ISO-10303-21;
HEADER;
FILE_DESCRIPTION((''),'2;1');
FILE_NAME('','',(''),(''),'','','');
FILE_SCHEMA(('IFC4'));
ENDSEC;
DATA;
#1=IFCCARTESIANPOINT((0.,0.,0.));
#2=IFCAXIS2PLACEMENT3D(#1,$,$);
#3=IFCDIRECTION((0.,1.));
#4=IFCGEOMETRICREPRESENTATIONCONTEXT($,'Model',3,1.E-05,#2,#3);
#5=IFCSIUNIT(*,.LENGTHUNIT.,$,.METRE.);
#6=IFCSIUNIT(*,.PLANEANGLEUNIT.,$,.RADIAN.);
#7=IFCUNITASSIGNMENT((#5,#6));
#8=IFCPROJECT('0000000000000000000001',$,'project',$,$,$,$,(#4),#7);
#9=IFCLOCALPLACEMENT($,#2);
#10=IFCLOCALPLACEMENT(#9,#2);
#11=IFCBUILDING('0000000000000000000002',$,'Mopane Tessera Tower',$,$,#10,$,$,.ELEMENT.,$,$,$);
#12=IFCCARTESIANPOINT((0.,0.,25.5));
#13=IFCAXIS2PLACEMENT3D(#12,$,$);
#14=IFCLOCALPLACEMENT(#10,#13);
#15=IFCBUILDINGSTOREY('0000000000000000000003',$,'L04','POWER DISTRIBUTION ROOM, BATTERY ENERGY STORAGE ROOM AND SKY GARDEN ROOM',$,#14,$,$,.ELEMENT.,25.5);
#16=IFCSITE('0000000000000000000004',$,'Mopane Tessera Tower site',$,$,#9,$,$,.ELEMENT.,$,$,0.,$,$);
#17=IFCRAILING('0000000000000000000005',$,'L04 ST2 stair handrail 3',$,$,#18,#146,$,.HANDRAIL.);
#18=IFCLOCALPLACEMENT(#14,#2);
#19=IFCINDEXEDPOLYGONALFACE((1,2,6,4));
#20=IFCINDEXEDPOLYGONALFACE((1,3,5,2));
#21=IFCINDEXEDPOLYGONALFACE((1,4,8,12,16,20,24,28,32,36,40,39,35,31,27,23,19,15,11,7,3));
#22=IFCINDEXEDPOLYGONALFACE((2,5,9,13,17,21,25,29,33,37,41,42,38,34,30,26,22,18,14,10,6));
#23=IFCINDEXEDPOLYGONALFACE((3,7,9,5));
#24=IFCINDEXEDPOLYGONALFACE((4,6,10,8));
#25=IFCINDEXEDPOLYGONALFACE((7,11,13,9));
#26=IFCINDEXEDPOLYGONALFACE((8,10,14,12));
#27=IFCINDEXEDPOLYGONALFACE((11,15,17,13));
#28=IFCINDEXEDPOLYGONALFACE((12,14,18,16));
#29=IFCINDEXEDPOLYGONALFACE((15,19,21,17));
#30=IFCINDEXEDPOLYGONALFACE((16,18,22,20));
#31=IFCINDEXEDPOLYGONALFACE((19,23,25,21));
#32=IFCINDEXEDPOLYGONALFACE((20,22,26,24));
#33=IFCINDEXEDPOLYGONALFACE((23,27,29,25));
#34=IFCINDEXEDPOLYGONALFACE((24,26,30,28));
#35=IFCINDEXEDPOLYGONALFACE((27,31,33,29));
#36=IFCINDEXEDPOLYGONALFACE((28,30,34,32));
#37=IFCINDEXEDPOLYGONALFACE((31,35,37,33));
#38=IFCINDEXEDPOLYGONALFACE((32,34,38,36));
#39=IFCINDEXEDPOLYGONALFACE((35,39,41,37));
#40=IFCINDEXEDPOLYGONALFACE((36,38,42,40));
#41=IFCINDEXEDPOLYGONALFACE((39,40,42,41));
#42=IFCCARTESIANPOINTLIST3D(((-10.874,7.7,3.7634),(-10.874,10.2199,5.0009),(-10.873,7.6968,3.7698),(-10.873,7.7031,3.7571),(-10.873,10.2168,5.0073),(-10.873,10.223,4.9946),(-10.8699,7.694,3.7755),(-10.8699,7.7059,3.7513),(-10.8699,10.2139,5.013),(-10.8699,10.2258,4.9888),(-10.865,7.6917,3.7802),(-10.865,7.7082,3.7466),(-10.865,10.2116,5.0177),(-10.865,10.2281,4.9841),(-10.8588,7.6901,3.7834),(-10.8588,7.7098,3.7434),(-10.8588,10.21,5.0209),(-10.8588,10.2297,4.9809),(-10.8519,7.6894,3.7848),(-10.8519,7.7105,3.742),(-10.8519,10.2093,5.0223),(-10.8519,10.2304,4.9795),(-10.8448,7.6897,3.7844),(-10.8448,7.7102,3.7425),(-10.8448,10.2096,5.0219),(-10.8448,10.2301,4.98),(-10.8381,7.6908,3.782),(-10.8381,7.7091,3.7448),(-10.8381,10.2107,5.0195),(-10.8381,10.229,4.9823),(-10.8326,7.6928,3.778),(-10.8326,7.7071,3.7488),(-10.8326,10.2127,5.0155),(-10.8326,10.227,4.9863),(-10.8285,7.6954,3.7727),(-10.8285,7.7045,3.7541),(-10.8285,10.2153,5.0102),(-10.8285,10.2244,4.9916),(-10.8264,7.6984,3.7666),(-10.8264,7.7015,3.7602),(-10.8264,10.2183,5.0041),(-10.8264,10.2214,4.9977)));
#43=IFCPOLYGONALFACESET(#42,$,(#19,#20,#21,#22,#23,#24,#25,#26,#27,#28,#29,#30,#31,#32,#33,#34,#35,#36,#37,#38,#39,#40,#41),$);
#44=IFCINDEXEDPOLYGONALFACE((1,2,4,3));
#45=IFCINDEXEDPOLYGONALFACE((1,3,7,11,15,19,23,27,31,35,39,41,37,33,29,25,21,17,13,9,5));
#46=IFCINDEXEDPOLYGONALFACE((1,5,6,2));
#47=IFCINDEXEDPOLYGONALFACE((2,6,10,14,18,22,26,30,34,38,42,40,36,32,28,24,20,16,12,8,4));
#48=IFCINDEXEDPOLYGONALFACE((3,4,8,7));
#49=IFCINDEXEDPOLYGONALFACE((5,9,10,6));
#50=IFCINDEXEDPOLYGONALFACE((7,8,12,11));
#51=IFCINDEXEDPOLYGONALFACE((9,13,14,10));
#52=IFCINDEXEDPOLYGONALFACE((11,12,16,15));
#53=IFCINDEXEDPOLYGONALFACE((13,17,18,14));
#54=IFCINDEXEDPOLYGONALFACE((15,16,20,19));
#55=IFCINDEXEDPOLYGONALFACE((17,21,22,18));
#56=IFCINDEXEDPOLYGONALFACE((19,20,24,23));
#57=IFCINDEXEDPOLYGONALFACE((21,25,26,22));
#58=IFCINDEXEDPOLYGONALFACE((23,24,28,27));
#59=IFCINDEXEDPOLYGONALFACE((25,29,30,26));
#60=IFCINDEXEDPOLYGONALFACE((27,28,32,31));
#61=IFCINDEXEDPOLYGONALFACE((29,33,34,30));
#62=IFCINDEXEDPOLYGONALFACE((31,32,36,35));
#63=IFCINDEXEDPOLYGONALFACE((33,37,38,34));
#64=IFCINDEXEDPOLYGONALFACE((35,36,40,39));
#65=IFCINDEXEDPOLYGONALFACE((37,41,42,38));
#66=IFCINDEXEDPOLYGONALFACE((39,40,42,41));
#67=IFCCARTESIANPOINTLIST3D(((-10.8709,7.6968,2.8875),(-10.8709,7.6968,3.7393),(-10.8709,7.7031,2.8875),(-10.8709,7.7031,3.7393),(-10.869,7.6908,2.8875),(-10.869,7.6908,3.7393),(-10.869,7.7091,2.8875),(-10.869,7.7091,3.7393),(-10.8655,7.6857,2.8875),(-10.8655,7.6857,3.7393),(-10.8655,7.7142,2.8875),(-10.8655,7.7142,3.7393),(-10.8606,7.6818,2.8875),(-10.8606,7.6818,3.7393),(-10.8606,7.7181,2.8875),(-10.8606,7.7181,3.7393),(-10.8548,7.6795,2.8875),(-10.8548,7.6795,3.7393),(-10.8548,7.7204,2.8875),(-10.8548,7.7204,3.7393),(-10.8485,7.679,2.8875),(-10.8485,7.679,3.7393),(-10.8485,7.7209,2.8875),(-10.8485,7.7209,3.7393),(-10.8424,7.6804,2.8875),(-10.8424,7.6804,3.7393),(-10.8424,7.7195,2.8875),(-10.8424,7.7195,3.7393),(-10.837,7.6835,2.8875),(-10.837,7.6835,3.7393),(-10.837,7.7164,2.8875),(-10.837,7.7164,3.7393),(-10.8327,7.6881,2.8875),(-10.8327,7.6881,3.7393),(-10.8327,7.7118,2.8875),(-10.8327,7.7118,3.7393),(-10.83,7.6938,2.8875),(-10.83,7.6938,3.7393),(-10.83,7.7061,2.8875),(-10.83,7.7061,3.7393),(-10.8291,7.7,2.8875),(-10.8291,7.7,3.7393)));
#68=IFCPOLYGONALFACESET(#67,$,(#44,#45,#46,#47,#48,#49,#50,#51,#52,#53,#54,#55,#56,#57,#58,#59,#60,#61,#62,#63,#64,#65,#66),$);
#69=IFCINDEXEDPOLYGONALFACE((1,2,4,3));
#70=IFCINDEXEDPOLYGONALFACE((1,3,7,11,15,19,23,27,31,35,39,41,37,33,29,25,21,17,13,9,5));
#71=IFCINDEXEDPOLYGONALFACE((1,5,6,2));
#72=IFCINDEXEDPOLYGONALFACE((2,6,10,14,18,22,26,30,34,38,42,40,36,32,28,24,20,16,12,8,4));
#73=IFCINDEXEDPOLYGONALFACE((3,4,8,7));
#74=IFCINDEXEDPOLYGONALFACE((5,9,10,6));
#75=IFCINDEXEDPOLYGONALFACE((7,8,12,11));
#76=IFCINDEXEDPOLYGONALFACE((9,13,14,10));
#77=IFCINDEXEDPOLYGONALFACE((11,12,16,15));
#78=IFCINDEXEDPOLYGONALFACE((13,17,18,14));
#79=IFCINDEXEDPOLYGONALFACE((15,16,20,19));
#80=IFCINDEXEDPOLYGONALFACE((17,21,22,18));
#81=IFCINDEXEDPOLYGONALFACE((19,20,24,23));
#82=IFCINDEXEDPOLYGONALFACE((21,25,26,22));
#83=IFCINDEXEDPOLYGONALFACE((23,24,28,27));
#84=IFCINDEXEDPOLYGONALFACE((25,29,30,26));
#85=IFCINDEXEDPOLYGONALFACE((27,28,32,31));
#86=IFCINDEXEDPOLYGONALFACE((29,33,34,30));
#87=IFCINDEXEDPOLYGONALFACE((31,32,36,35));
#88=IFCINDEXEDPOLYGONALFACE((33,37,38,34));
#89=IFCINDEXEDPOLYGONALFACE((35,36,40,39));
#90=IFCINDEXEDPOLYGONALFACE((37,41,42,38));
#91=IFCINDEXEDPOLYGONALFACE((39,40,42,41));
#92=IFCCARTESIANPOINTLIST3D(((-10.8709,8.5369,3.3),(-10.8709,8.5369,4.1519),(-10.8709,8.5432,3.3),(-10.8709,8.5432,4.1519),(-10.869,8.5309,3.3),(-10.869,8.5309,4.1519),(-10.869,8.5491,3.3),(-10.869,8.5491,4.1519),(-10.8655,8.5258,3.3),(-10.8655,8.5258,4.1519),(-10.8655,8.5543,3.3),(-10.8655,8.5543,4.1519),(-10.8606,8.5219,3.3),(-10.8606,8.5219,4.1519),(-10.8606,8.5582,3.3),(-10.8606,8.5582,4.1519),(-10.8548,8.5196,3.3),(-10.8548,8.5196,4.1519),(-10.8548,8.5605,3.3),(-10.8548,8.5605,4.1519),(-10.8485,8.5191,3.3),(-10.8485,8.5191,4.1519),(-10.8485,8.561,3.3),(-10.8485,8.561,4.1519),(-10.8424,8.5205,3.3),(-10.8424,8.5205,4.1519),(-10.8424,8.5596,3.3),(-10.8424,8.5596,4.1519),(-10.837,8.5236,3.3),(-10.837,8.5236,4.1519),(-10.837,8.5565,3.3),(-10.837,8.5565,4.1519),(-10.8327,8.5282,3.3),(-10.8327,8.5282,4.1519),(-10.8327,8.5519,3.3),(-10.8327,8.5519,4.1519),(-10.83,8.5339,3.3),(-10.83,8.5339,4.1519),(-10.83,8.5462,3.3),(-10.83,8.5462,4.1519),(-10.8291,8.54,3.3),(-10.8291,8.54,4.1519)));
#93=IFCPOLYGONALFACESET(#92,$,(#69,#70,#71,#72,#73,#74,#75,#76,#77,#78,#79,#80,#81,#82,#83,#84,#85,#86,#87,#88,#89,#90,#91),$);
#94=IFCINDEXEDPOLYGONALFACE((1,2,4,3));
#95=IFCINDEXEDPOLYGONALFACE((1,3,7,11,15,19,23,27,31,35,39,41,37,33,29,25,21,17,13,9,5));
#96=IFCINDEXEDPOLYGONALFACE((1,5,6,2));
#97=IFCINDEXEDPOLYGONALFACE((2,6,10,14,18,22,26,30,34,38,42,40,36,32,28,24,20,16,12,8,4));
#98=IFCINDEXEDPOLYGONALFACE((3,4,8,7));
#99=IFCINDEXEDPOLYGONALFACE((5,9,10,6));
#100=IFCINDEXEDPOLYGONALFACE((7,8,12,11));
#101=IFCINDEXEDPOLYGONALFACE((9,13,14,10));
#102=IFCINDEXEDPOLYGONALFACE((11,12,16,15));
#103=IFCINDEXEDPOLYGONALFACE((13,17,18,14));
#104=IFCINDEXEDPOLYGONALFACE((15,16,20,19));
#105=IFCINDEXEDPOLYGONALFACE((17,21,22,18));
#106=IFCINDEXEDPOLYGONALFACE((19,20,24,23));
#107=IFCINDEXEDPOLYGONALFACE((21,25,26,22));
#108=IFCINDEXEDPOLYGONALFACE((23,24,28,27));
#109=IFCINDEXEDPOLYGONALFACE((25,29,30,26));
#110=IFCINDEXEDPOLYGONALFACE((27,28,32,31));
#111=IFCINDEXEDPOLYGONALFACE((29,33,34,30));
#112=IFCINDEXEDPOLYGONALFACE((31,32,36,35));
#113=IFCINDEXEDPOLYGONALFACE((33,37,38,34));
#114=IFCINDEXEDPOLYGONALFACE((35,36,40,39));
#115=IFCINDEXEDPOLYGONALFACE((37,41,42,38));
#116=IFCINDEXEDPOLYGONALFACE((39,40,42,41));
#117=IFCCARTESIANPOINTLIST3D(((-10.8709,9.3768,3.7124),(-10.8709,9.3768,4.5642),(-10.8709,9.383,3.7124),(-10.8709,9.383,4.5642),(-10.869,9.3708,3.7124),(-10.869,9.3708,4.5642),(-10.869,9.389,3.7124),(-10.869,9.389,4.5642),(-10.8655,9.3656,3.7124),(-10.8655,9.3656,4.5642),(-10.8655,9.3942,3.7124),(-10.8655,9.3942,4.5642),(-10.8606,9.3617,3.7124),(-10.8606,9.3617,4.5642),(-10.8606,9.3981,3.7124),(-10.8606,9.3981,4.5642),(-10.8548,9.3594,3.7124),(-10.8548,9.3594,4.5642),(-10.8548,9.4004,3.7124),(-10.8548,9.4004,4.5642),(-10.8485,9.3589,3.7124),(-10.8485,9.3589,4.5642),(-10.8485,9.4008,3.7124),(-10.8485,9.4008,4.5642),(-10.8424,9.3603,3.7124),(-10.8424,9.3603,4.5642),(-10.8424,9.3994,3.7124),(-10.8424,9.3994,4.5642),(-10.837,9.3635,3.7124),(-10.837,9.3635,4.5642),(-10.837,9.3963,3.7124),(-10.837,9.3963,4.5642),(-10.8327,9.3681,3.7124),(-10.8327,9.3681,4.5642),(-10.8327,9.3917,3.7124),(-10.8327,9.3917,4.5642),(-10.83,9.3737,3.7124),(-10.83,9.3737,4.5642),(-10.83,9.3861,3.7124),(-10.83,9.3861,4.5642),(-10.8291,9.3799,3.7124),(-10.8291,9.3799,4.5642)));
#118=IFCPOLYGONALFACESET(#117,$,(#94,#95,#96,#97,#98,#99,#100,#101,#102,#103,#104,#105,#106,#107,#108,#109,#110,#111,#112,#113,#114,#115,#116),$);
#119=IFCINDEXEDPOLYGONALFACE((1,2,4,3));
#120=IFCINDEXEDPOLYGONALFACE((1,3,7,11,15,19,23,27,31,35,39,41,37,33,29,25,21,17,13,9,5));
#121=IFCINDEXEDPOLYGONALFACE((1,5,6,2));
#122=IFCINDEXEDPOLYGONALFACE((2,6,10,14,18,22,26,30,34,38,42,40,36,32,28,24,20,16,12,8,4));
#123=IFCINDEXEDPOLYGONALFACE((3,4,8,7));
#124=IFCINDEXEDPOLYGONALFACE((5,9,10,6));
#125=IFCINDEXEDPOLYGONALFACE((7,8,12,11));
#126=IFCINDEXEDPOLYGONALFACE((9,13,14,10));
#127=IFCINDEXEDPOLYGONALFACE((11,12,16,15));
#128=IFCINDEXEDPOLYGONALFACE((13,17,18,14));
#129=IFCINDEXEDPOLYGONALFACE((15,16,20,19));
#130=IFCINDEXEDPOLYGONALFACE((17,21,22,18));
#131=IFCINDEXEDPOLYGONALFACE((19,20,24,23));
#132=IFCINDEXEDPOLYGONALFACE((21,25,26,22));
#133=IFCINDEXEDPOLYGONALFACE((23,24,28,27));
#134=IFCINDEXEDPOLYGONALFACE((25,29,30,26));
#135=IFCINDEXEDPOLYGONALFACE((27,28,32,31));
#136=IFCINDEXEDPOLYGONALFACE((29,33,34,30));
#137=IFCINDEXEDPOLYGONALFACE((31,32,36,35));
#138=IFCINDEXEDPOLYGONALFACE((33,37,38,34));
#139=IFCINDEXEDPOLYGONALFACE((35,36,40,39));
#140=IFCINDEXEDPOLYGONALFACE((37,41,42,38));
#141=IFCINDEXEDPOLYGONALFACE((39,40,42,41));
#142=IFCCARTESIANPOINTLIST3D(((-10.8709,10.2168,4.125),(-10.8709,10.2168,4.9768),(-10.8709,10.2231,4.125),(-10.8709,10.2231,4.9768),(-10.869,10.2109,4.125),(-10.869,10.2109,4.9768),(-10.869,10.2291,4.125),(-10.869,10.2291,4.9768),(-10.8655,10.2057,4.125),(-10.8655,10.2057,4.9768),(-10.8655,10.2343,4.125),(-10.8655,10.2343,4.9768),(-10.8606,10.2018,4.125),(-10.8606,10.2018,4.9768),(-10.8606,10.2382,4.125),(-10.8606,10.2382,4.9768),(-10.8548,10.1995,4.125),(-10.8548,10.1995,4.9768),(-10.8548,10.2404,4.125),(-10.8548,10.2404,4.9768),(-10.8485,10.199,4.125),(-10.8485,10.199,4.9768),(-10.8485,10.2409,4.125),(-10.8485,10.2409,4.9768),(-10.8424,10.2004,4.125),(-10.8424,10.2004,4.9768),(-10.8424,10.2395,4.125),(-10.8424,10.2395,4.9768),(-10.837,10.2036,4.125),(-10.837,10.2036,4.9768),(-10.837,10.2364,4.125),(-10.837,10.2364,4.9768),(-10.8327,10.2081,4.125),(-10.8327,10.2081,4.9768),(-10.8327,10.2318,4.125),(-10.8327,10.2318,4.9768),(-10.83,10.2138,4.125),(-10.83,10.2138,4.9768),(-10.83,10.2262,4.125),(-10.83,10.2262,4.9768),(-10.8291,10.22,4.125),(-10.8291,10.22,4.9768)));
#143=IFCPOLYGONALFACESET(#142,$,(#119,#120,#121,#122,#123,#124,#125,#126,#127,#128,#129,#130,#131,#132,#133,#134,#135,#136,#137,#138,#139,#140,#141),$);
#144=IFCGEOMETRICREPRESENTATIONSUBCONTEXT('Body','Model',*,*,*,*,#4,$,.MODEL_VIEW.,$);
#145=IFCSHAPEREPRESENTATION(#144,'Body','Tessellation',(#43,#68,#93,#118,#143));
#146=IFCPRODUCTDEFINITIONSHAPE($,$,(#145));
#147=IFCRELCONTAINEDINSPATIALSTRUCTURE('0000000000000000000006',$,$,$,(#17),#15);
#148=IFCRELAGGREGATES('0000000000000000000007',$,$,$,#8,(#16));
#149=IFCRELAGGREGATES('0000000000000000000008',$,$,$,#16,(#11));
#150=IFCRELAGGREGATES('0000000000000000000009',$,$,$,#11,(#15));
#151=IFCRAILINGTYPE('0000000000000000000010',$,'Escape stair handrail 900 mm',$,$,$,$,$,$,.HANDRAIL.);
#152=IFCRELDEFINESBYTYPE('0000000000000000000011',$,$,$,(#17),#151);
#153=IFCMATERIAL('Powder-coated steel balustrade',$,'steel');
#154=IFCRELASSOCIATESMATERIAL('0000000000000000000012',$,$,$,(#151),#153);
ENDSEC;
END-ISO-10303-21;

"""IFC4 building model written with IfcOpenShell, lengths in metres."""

from ifc_helpers import new_model, si_unit, direction, frame, origin, origin_2d, place, context, subcontext, project, spatial, circle, extrude, material, type_object, element, save


model = new_model("IFC4")

# Units and contexts
model_context = context("Model", 3, precision=1e-05, world=origin(), true_north=direction((0.0, 1.0)))
body_context = subcontext(model_context, "Body", "Model", "MODEL_VIEW")
ifc_project = project(units=[si_unit("LENGTHUNIT", "METRE"), si_unit("PLANEANGLEUNIT", "RADIAN")], contexts=[model_context])

# Site, building, storey
site_placement = place(None, origin())
site = spatial("IfcSite", under=ifc_project, at=site_placement, Name="Mopane Tessera Tower site", CompositionType="ELEMENT", RefElevation=0.0)
building_placement = place(site_placement, origin())
building = spatial("IfcBuilding", under=site, at=building_placement, Name="Mopane Tessera Tower", CompositionType="ELEMENT")
storey_placement = place(building_placement, frame((0.0, 0.0, 25.5)))
storey = spatial("IfcBuildingStorey", under=building, at=storey_placement, Name="L04", Description="POWER DISTRIBUTION ROOM, BATTERY ENERGY STORAGE ROOM AND SKY GARDEN ROOM", CompositionType="ELEMENT", Elevation=25.5)

# Railing
ifc_material_1 = material(Name="Powder-coated steel balustrade", Category="steel")
railing_type_1 = type_object("IfcRailingType", Name="Escape stair handrail 900 mm", PredefinedType="HANDRAIL", material=ifc_material_1)
for number, where, name in (
    (1, (-10.8501, 7.7, 2.8875), "L04 ST2 stair handrail 3"),
):
    element("IfcRailing", number, at=place(storey_placement, frame(where)), inside=storey, type_object=railing_type_1, Name=name, PredefinedType="HANDRAIL", context=body_context, shape_type="SweptSolid", body=[
        extrude(circle(Radius=0.0239, at=origin_2d()), frame((0.0, 0.0, 0.876), z_axis=(0.0, 0.897604, 0.440802), x_axis=(-1.0, 0.0, 0.0)), (0.0, 0.0, 1.0), 2.8074),
        extrude(circle(Radius=0.021, at=origin_2d()), origin(), (0.0, 0.0, 1.0), 0.8518),
        extrude(circle(Radius=0.021, at=origin_2d()), frame((0.0, 0.8401, 0.4126)), (0.0, 0.0, 1.0), 0.8518),
        extrude(circle(Radius=0.021, at=origin_2d()), frame((0.0, 1.6799, 0.825)), (0.0, 0.0, 1.0), 0.8518),
        extrude(circle(Radius=0.021, at=origin_2d()), frame((0.0, 2.52, 1.2375)), (0.0, 0.0, 1.0), 0.8518),
    ])

save(model, "model.ifc")
